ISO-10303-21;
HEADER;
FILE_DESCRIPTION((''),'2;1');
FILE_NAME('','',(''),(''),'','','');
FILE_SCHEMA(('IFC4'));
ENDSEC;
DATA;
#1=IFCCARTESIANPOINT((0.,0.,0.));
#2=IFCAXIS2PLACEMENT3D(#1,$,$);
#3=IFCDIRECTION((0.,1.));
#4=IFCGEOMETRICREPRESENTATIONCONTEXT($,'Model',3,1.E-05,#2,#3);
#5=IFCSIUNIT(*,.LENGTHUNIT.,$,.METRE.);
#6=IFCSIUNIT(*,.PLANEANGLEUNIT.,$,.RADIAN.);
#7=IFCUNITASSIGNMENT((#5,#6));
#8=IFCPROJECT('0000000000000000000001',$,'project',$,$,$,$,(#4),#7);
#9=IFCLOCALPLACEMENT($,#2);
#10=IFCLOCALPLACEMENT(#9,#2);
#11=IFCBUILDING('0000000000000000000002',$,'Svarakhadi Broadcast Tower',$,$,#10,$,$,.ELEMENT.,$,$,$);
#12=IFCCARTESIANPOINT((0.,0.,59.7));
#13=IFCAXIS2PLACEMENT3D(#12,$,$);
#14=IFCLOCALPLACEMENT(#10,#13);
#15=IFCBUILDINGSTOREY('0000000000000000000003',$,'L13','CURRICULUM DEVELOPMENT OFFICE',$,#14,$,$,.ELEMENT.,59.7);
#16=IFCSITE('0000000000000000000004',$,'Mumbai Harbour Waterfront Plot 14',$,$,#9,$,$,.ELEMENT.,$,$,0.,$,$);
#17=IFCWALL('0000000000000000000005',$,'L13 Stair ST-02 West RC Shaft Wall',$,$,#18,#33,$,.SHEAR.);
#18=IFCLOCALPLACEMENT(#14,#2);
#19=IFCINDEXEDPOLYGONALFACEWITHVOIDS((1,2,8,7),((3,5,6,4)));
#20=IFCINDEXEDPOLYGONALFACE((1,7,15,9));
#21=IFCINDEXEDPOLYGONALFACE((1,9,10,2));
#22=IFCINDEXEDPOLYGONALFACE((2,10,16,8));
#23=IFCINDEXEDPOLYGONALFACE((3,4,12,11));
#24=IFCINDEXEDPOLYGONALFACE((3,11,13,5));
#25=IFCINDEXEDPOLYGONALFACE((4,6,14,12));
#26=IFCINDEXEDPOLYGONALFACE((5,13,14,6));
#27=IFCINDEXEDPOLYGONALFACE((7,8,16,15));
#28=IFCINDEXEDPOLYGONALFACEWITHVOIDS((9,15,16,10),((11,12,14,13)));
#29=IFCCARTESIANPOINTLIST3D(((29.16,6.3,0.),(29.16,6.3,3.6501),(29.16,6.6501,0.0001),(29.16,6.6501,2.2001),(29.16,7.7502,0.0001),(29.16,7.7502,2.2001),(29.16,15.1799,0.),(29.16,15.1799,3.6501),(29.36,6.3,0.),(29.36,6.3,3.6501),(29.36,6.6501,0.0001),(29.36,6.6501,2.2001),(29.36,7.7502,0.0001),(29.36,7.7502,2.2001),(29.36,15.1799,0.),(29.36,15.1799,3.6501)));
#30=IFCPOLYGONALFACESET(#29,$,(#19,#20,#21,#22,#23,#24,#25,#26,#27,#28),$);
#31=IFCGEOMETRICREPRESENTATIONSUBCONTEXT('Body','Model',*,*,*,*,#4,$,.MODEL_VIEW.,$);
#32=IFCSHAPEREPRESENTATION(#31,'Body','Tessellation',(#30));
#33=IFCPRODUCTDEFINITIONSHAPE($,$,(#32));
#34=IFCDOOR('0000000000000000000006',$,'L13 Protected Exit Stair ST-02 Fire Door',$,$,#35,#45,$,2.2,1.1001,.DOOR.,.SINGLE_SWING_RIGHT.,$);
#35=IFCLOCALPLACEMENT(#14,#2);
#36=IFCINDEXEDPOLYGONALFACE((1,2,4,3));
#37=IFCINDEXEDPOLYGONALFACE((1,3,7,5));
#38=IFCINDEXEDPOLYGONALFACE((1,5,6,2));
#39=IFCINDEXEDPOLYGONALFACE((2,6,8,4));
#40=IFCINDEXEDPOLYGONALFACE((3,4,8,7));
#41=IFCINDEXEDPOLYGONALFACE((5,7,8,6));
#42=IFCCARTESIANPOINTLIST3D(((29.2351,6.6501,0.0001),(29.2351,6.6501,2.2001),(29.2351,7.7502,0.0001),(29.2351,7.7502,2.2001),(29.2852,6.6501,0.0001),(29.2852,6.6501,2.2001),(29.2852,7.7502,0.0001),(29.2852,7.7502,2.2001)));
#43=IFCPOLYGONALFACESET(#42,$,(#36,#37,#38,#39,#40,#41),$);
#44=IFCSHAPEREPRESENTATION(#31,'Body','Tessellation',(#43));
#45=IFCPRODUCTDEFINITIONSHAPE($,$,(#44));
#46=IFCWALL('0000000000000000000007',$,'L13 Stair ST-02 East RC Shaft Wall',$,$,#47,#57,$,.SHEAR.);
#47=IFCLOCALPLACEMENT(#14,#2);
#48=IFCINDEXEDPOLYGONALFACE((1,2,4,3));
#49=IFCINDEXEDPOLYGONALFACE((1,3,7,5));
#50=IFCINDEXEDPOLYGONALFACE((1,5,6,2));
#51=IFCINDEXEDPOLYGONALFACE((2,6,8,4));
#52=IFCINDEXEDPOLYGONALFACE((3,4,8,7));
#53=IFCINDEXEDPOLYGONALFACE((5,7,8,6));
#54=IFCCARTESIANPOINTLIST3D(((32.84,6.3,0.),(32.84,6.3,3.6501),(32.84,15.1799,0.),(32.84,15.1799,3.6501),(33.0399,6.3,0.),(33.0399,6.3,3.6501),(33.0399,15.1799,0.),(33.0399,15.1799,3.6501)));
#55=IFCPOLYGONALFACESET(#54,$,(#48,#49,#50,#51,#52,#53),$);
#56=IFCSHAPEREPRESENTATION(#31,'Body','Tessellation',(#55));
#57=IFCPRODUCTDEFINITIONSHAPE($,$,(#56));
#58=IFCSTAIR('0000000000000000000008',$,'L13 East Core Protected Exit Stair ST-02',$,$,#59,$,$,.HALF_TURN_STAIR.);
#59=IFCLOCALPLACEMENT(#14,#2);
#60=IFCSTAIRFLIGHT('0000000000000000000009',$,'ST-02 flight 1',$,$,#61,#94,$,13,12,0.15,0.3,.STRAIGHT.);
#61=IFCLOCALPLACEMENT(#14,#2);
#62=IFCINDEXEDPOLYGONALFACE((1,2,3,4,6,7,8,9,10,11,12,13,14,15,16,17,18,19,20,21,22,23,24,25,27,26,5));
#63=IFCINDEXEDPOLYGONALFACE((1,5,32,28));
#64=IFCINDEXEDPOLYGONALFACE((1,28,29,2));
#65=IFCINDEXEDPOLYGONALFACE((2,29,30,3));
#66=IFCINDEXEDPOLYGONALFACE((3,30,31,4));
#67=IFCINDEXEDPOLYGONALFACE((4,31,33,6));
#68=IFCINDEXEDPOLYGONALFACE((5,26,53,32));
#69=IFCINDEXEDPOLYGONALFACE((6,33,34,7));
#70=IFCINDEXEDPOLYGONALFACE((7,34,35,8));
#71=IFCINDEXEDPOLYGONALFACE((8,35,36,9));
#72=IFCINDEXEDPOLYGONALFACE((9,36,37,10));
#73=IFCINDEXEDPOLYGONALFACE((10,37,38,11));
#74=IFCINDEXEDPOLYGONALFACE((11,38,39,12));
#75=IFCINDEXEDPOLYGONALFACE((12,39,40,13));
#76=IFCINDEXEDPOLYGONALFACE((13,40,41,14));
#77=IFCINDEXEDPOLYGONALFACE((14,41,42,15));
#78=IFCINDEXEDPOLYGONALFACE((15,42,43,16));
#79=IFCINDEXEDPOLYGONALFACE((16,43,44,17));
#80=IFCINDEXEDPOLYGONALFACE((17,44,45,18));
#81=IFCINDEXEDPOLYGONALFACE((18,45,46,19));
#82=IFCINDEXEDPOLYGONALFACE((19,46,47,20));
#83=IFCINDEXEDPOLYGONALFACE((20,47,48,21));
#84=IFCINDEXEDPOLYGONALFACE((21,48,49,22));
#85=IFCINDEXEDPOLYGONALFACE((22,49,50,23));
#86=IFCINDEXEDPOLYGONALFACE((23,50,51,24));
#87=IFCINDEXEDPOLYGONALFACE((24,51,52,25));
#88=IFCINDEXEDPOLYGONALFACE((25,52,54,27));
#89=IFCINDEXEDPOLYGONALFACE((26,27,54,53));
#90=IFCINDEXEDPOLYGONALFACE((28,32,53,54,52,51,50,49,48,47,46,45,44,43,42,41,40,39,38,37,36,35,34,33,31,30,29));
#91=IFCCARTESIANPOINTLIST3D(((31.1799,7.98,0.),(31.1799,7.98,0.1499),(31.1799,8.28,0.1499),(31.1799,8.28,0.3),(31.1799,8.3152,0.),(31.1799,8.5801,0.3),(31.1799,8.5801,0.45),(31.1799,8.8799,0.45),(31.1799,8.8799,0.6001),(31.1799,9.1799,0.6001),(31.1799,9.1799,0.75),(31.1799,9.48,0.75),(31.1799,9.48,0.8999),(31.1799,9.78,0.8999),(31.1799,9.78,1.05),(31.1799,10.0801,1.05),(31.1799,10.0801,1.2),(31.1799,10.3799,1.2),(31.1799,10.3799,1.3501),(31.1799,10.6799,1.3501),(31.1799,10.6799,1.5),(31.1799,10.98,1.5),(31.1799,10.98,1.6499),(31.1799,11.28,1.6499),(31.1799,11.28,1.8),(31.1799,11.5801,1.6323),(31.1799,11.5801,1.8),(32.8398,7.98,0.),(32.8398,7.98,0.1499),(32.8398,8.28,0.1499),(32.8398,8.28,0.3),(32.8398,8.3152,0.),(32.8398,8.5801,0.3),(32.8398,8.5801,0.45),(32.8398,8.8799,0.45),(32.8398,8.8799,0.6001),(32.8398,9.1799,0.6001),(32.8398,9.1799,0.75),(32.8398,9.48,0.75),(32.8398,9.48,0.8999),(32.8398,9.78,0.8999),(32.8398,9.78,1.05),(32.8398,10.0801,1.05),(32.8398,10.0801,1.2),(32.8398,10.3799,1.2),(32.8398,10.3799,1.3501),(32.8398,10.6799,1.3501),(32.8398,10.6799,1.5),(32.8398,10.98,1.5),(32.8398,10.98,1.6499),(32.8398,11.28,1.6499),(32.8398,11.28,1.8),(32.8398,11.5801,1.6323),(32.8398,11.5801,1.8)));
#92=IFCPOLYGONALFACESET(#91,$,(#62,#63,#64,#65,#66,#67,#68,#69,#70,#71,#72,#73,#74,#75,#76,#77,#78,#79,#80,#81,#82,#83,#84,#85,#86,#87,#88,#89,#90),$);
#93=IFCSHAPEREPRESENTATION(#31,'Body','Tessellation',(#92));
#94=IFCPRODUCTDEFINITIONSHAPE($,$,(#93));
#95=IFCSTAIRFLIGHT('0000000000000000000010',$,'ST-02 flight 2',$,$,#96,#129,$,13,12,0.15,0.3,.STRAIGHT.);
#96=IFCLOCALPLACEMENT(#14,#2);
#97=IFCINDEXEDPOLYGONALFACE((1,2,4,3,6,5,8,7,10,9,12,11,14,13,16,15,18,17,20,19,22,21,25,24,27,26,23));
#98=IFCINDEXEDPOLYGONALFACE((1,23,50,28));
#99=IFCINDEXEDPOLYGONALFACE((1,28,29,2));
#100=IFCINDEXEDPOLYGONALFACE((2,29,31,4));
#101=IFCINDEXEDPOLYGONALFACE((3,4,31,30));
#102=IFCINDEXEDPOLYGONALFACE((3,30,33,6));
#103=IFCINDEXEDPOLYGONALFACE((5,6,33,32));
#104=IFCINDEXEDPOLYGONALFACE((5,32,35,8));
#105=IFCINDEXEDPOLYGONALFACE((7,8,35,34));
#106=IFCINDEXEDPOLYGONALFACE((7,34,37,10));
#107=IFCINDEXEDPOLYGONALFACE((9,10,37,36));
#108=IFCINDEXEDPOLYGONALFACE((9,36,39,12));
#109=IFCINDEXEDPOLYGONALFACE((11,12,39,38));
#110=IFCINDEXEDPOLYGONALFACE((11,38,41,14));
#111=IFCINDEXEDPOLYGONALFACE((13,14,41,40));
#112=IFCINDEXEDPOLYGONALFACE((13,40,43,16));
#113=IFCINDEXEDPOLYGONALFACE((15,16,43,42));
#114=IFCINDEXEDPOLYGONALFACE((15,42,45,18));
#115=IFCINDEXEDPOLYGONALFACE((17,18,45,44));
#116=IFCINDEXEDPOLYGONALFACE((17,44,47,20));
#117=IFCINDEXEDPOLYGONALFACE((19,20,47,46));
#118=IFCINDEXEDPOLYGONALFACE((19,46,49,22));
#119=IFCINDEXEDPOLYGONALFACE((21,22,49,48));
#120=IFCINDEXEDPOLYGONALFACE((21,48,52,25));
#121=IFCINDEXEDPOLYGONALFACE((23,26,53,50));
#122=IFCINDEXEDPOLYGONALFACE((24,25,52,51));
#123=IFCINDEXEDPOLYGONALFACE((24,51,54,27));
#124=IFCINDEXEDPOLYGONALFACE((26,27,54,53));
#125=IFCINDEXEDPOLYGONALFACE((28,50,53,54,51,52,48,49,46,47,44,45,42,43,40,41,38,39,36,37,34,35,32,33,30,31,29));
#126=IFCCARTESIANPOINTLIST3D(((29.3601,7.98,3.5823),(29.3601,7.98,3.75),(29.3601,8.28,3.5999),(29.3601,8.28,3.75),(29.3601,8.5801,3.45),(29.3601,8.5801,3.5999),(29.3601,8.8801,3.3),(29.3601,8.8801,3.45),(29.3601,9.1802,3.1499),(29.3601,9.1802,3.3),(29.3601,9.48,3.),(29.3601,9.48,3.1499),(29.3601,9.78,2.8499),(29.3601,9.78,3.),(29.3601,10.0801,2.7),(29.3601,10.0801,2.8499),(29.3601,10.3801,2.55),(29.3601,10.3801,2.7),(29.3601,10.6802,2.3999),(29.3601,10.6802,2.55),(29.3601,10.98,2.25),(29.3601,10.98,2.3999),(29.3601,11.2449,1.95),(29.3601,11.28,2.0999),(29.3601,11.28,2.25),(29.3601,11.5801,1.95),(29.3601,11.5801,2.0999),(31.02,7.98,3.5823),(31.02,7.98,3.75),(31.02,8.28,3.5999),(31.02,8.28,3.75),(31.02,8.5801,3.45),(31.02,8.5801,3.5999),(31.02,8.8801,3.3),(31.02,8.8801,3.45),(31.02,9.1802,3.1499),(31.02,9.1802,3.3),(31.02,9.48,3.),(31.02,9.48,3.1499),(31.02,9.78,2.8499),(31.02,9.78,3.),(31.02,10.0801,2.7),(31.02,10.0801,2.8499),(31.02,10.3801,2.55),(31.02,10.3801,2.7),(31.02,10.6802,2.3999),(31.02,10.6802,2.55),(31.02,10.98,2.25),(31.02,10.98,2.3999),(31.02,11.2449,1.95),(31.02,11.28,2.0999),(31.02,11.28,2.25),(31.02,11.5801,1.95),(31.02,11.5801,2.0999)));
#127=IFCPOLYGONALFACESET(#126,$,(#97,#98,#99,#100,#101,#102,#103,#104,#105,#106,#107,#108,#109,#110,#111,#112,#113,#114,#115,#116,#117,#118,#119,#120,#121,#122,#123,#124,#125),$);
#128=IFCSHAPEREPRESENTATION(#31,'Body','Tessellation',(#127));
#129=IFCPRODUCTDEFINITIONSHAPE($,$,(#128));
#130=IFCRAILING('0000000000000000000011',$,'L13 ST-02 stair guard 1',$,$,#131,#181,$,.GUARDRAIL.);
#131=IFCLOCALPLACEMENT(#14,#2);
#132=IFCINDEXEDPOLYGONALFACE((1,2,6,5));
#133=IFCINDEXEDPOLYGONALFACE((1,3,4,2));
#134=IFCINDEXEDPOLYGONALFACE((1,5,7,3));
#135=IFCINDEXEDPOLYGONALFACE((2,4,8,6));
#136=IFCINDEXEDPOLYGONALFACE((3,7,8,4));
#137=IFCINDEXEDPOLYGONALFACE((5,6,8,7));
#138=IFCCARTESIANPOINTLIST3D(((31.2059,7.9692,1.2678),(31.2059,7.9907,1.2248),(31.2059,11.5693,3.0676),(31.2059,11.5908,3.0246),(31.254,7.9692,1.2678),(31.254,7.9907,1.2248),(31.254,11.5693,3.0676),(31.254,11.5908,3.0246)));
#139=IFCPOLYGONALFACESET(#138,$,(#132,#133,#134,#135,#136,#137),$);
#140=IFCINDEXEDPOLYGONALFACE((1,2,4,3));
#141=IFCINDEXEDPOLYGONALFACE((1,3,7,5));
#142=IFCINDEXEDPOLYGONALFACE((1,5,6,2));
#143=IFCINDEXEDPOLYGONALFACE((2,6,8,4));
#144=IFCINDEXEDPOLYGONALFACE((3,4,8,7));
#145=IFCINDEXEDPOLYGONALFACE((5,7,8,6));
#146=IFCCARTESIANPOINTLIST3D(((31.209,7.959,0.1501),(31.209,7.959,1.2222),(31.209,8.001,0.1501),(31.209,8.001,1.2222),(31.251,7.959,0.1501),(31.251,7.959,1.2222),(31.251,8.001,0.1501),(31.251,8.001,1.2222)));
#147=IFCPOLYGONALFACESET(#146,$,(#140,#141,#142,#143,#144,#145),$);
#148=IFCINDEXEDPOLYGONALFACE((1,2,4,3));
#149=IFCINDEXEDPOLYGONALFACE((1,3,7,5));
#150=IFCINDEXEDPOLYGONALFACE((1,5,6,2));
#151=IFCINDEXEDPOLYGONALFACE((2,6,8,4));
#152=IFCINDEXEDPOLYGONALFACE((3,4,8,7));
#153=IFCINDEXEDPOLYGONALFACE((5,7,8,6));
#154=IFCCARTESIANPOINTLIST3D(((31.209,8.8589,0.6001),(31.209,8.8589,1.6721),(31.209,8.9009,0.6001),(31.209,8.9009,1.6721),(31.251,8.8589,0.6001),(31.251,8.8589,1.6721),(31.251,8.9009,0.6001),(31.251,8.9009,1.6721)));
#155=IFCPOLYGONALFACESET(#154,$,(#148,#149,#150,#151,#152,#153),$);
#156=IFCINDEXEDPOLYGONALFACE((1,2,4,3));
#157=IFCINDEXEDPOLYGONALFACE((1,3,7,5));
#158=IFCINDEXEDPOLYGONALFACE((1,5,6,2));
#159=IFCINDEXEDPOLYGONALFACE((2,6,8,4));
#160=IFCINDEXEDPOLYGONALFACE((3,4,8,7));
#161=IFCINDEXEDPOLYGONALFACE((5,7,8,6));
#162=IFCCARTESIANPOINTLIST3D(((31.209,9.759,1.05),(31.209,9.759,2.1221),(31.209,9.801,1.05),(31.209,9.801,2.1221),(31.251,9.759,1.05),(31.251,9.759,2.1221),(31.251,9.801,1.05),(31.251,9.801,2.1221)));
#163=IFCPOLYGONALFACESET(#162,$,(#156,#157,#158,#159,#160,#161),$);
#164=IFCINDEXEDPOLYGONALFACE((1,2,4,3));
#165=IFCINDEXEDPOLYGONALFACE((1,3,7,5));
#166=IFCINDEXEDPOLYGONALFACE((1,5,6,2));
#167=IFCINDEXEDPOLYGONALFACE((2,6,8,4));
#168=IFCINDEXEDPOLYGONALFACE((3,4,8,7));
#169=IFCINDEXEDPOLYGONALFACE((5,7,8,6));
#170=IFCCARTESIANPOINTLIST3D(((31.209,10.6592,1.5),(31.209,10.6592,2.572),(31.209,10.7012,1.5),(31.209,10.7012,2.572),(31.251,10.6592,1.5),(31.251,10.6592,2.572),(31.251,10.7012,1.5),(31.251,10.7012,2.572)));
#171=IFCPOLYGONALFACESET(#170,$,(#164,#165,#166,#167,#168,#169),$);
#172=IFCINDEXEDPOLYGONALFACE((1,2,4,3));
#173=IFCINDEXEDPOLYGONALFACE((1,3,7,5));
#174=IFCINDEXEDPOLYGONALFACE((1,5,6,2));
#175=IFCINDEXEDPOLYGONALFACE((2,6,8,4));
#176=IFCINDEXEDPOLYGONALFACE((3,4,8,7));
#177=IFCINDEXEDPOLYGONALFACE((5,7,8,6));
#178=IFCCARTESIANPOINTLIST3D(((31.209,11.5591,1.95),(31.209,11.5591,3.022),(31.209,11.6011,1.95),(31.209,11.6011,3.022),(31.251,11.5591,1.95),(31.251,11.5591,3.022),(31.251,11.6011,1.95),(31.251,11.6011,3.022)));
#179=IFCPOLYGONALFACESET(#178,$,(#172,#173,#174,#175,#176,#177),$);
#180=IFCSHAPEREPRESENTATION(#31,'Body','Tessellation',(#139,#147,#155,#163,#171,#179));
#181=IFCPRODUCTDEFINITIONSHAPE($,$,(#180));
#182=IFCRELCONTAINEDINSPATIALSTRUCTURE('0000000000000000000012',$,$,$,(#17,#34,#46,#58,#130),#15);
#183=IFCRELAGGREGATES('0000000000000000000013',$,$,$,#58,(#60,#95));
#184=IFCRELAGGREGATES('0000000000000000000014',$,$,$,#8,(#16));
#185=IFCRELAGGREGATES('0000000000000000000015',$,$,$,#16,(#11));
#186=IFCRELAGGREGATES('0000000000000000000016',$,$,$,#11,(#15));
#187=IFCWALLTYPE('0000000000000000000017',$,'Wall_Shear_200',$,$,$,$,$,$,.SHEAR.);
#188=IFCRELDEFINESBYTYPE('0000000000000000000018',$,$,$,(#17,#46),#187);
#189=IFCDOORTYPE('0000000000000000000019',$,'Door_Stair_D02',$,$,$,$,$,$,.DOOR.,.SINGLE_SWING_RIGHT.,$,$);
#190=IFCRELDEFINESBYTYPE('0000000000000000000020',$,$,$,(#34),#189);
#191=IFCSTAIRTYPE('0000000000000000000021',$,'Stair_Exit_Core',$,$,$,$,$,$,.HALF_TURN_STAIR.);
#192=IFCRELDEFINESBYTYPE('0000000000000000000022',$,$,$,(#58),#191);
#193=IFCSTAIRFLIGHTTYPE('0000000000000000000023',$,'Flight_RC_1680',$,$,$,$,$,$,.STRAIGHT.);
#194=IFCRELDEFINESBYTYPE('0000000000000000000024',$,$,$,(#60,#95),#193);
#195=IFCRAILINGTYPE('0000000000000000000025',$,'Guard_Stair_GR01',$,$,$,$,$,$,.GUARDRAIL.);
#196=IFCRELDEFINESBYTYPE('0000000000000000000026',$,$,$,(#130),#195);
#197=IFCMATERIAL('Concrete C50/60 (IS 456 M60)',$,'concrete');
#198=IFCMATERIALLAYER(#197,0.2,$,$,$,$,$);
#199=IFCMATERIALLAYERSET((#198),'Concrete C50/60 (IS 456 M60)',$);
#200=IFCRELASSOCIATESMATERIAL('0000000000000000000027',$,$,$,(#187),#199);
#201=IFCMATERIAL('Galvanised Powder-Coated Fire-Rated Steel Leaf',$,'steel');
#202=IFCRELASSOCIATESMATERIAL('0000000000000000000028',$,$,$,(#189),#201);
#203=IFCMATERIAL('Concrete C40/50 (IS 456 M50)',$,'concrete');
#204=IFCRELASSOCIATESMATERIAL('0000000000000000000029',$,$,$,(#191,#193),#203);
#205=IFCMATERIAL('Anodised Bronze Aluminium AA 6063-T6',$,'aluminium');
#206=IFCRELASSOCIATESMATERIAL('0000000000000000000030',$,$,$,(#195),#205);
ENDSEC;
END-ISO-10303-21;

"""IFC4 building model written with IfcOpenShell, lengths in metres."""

from ifc_helpers import new_model, si_unit, direction, frame, frame_2d, origin, origin_2d, place, context, subcontext, project, spatial, polyline, rectangle, outline, extrude, material, layer, layer_set, type_object, element, fill, aggregate, save


model = new_model("IFC4")

# Units and contexts
model_context = context("Model", 3, precision=1e-05, world=origin(), true_north=direction((0.0, 1.0)))
body_context = subcontext(model_context, "Body", "Model", "MODEL_VIEW")
ifc_project = project(units=[si_unit("LENGTHUNIT", "METRE"), si_unit("PLANEANGLEUNIT", "RADIAN")], contexts=[model_context])

# Site, building, storey
site_placement = place(None, origin())
site = spatial("IfcSite", under=ifc_project, at=site_placement, Name="Mumbai Harbour Waterfront Plot 14", CompositionType="ELEMENT", RefElevation=0.0)
building_placement = place(site_placement, origin())
building = spatial("IfcBuilding", under=site, at=building_placement, Name="Svarakhadi Broadcast Tower", CompositionType="ELEMENT")
storey_placement = place(building_placement, frame((0.0, 0.0, 59.7)))
storey = spatial("IfcBuildingStorey", under=building, at=storey_placement, Name="L13", Description="CURRICULUM DEVELOPMENT OFFICE", CompositionType="ELEMENT", Elevation=59.7)

# Shared definitions
ifc_material_1 = material(Name="Anodised Bronze Aluminium AA 6063-T6", Category="aluminium")

# Shared definitions
ifc_material_2 = material(Name="Concrete C50/60 (IS 456 M60)", Category="concrete")

# Shared definitions
ifc_material_3 = material(Name="Concrete C40/50 (IS 456 M50)", Category="concrete")

# Wall, opening, door
ifc_layer_1 = layer(ifc_material_2, 0.2)
ifc_layer_set_1 = layer_set([ifc_layer_1], Name="Concrete C50/60 (IS 456 M60)")
wall_type_1 = type_object("IfcWallType", Name="Wall_Shear_200", PredefinedType="SHEAR", material=ifc_layer_set_1)
wall_1_placement = place(storey_placement, frame((29.26, 6.3, 0.0), z_axis=(0.0, 0.0, 1.0), x_axis=(0.0, 1.0, 0.0)))
wall_1 = element("IfcWall", 1, at=wall_1_placement, inside=storey, type_object=wall_type_1, Name="L13 Stair ST-02 West RC Shaft Wall", PredefinedType="SHEAR", context=body_context, shape_type="SweptSolid", body=[
    extrude(rectangle(XDim=8.8799, YDim=0.2, at=frame_2d((4.4399, 0.0))), origin(), (0.0, 0.0, 1.0), 3.6501),
])
opening_1_placement = place(wall_1_placement, frame((0.3501, 0.0, 0.0)))
opening_1 = element("IfcOpeningElement", 2, at=opening_1_placement, cuts=wall_1, PredefinedType="OPENING", context=body_context, shape_type="SweptSolid", body=[
    extrude(rectangle(XDim=1.1001, YDim=2.2, at=frame_2d((0.55, 1.1001))), frame((0.0, 0.1099, 0.0), z_axis=(0.0, -1.0, 0.0), x_axis=(1.0, 0.0, 0.0)), (0.0, 0.0, 1.0), 0.22),
])
ifc_material_4 = material(Name="Galvanised Powder-Coated Fire-Rated Steel Leaf", Category="steel")
door_type_1 = type_object("IfcDoorType", Name="Door_Stair_D02", OperationType="SINGLE_SWING_RIGHT", PredefinedType="DOOR", material=ifc_material_4)
door_1_placement = place(opening_1_placement, origin())
door_1 = element("IfcDoor", 3, at=door_1_placement, inside=storey, type_object=door_type_1, Name="L13 Protected Exit Stair ST-02 Fire Door", OperationType="SINGLE_SWING_RIGHT", OverallHeight=2.2, OverallWidth=1.1001, PredefinedType="DOOR", context=body_context, shape_type="SweptSolid", body=[
    extrude(rectangle(XDim=1.1001, YDim=2.2, at=frame_2d((0.55, 1.1001))), frame((0.0, 0.0249, 0.0), z_axis=(0.0, -1.0, 0.0), x_axis=(1.0, 0.0, 0.0)), (0.0, 0.0, 1.0), 0.05),
])
fill(opening_1, door_1)

# Wall
wall_2_placement = place(storey_placement, frame((32.9399, 6.3, 0.0), z_axis=(0.0, 0.0, 1.0), x_axis=(0.0, 1.0, 0.0)))
element("IfcWall", 4, at=wall_2_placement, inside=storey, type_object=wall_type_1, Name="L13 Stair ST-02 East RC Shaft Wall", PredefinedType="SHEAR", context=body_context, shape_type="SweptSolid", body=[
    extrude(rectangle(XDim=8.8799, YDim=0.2, at=frame_2d((4.4399, 0.0))), origin(), (0.0, 0.0, 1.0), 3.6501),
])

# Stair, stair flights
stair_type = type_object("IfcStairType", Name="Stair_Exit_Core", PredefinedType="HALF_TURN_STAIR", material=ifc_material_3)
stair_placement = place(storey_placement, origin())
stair = element("IfcStair", 5, at=stair_placement, inside=storey, type_object=stair_type, Name="L13 East Core Protected Exit Stair ST-02", PredefinedType="HALF_TURN_STAIR")
stair_flight_type = type_object("IfcStairFlightType", Name="Flight_RC_1680", PredefinedType="STRAIGHT", material=ifc_material_3)
stair_flight_1_placement = place(storey_placement, frame((32.01, 7.98, 0.0), z_axis=(0.0, 0.0, 1.0), x_axis=(0.0, 1.0, 0.0)))
stair_flight_1 = element("IfcStairFlight", 6, at=stair_flight_1_placement, type_object=stair_flight_type, Name="ST-02 flight 1", NumberOfRisers=13, NumberOfTreads=12, PredefinedType="STRAIGHT", RiserHeight=0.15, TreadLength=0.3, context=body_context, shape_type="SweptSolid", body=[
    extrude(outline(polyline([(0.0, 0.0), (0.0, 0.1499), (0.3, 0.1499), (0.3, 0.3), (0.6001, 0.3), (0.6001, 0.45), (0.8999, 0.45), (0.8999, 0.6001), (1.2, 0.6001), (1.2, 0.75), (1.5, 0.75), (1.5, 0.8999), (1.8, 0.8999), (1.8, 1.05), (2.1001, 1.05), (2.1001, 1.2), (2.3999, 1.2), (2.3999, 1.3501), (2.7, 1.3501), (2.7, 1.5), (3.0, 1.5), (3.0, 1.6499), (3.3, 1.6499), (3.3, 1.8), (3.6001, 1.8), (3.6001, 1.95), (3.6001, 1.6323), (0.3352, 0.0), (0.0, 0.0)])), frame((0.0, 0.8301, 0.0), z_axis=(0.0, -1.0, 0.0), x_axis=(1.0, 0.0, 0.0)), (0.0, 0.0, 1.0), 1.6599),
])
stair_flight_2_placement = place(storey_placement, frame((30.1899, 11.5801, 1.95), z_axis=(0.0, 0.0, 1.0), x_axis=(0.0, -1.0, 0.0)))
stair_flight_2 = element("IfcStairFlight", 7, at=stair_flight_2_placement, type_object=stair_flight_type, Name="ST-02 flight 2", NumberOfRisers=13, NumberOfTreads=12, PredefinedType="STRAIGHT", RiserHeight=0.15, TreadLength=0.3, context=body_context, shape_type="SweptSolid", body=[
    extrude(outline(polyline([(0.0, 0.0), (0.0, 0.1499), (0.3, 0.1499), (0.3, 0.3), (0.6001, 0.3), (0.6001, 0.45), (0.8999, 0.45), (0.8999, 0.6001), (1.2, 0.6001), (1.2, 0.75), (1.5, 0.75), (1.5, 0.8999), (1.8, 0.8999), (1.8, 1.05), (2.1001, 1.05), (2.1001, 1.2), (2.3999, 1.2), (2.3999, 1.3501), (2.7, 1.3501), (2.7, 1.5), (3.0, 1.5), (3.0, 1.6499), (3.3, 1.6499), (3.3, 1.8), (3.6001, 1.8), (3.6001, 1.95), (3.6001, 1.6323), (0.3352, 0.0), (0.0, 0.0)])), frame((0.0, 0.8301, 0.0), z_axis=(0.0, -1.0, 0.0), x_axis=(1.0, 0.0, 0.0)), (0.0, 0.0, 1.0), 1.6599),
])
aggregate(stair, [stair_flight_1, stair_flight_2])

# Railing
railing_type_1 = type_object("IfcRailingType", Name="Guard_Stair_GR01", PredefinedType="GUARDRAIL", material=ifc_material_1)
railing_1_placement = place(storey_placement, frame((31.23, 7.98, 0.1501)))
element("IfcRailing", 8, at=railing_1_placement, inside=storey, type_object=railing_type_1, Name="L13 ST-02 stair guard 1", PredefinedType="GUARDRAIL", context=body_context, shape_type="SweptSolid", body=[
    extrude(rectangle(XDim=0.0481, YDim=0.0481, at=origin_2d()), frame((0.0, 0.0, 1.0962), z_axis=(0.0, 0.894451, 0.447165), x_axis=(-1.0, 0.0, 0.0)), (0.0, 0.0, 1.0), 4.0249),
    extrude(rectangle(XDim=0.042, YDim=0.042, at=origin_2d()), origin(), (0.0, 0.0, 1.0), 1.072),
    extrude(rectangle(XDim=0.042, YDim=0.042, at=origin_2d()), frame((0.0, 0.8999, 0.45)), (0.0, 0.0, 1.0), 1.072),
    extrude(rectangle(XDim=0.042, YDim=0.042, at=origin_2d()), frame((0.0, 1.8, 0.8999)), (0.0, 0.0, 1.0), 1.072),
    extrude(rectangle(XDim=0.042, YDim=0.042, at=origin_2d()), frame((0.0, 2.7002, 1.3499)), (0.0, 0.0, 1.0), 1.072),
    extrude(rectangle(XDim=0.042, YDim=0.042, at=origin_2d()), frame((0.0, 3.6001, 1.7998)), (0.0, 0.0, 1.0), 1.072),
])

save(model, "model.ifc")
